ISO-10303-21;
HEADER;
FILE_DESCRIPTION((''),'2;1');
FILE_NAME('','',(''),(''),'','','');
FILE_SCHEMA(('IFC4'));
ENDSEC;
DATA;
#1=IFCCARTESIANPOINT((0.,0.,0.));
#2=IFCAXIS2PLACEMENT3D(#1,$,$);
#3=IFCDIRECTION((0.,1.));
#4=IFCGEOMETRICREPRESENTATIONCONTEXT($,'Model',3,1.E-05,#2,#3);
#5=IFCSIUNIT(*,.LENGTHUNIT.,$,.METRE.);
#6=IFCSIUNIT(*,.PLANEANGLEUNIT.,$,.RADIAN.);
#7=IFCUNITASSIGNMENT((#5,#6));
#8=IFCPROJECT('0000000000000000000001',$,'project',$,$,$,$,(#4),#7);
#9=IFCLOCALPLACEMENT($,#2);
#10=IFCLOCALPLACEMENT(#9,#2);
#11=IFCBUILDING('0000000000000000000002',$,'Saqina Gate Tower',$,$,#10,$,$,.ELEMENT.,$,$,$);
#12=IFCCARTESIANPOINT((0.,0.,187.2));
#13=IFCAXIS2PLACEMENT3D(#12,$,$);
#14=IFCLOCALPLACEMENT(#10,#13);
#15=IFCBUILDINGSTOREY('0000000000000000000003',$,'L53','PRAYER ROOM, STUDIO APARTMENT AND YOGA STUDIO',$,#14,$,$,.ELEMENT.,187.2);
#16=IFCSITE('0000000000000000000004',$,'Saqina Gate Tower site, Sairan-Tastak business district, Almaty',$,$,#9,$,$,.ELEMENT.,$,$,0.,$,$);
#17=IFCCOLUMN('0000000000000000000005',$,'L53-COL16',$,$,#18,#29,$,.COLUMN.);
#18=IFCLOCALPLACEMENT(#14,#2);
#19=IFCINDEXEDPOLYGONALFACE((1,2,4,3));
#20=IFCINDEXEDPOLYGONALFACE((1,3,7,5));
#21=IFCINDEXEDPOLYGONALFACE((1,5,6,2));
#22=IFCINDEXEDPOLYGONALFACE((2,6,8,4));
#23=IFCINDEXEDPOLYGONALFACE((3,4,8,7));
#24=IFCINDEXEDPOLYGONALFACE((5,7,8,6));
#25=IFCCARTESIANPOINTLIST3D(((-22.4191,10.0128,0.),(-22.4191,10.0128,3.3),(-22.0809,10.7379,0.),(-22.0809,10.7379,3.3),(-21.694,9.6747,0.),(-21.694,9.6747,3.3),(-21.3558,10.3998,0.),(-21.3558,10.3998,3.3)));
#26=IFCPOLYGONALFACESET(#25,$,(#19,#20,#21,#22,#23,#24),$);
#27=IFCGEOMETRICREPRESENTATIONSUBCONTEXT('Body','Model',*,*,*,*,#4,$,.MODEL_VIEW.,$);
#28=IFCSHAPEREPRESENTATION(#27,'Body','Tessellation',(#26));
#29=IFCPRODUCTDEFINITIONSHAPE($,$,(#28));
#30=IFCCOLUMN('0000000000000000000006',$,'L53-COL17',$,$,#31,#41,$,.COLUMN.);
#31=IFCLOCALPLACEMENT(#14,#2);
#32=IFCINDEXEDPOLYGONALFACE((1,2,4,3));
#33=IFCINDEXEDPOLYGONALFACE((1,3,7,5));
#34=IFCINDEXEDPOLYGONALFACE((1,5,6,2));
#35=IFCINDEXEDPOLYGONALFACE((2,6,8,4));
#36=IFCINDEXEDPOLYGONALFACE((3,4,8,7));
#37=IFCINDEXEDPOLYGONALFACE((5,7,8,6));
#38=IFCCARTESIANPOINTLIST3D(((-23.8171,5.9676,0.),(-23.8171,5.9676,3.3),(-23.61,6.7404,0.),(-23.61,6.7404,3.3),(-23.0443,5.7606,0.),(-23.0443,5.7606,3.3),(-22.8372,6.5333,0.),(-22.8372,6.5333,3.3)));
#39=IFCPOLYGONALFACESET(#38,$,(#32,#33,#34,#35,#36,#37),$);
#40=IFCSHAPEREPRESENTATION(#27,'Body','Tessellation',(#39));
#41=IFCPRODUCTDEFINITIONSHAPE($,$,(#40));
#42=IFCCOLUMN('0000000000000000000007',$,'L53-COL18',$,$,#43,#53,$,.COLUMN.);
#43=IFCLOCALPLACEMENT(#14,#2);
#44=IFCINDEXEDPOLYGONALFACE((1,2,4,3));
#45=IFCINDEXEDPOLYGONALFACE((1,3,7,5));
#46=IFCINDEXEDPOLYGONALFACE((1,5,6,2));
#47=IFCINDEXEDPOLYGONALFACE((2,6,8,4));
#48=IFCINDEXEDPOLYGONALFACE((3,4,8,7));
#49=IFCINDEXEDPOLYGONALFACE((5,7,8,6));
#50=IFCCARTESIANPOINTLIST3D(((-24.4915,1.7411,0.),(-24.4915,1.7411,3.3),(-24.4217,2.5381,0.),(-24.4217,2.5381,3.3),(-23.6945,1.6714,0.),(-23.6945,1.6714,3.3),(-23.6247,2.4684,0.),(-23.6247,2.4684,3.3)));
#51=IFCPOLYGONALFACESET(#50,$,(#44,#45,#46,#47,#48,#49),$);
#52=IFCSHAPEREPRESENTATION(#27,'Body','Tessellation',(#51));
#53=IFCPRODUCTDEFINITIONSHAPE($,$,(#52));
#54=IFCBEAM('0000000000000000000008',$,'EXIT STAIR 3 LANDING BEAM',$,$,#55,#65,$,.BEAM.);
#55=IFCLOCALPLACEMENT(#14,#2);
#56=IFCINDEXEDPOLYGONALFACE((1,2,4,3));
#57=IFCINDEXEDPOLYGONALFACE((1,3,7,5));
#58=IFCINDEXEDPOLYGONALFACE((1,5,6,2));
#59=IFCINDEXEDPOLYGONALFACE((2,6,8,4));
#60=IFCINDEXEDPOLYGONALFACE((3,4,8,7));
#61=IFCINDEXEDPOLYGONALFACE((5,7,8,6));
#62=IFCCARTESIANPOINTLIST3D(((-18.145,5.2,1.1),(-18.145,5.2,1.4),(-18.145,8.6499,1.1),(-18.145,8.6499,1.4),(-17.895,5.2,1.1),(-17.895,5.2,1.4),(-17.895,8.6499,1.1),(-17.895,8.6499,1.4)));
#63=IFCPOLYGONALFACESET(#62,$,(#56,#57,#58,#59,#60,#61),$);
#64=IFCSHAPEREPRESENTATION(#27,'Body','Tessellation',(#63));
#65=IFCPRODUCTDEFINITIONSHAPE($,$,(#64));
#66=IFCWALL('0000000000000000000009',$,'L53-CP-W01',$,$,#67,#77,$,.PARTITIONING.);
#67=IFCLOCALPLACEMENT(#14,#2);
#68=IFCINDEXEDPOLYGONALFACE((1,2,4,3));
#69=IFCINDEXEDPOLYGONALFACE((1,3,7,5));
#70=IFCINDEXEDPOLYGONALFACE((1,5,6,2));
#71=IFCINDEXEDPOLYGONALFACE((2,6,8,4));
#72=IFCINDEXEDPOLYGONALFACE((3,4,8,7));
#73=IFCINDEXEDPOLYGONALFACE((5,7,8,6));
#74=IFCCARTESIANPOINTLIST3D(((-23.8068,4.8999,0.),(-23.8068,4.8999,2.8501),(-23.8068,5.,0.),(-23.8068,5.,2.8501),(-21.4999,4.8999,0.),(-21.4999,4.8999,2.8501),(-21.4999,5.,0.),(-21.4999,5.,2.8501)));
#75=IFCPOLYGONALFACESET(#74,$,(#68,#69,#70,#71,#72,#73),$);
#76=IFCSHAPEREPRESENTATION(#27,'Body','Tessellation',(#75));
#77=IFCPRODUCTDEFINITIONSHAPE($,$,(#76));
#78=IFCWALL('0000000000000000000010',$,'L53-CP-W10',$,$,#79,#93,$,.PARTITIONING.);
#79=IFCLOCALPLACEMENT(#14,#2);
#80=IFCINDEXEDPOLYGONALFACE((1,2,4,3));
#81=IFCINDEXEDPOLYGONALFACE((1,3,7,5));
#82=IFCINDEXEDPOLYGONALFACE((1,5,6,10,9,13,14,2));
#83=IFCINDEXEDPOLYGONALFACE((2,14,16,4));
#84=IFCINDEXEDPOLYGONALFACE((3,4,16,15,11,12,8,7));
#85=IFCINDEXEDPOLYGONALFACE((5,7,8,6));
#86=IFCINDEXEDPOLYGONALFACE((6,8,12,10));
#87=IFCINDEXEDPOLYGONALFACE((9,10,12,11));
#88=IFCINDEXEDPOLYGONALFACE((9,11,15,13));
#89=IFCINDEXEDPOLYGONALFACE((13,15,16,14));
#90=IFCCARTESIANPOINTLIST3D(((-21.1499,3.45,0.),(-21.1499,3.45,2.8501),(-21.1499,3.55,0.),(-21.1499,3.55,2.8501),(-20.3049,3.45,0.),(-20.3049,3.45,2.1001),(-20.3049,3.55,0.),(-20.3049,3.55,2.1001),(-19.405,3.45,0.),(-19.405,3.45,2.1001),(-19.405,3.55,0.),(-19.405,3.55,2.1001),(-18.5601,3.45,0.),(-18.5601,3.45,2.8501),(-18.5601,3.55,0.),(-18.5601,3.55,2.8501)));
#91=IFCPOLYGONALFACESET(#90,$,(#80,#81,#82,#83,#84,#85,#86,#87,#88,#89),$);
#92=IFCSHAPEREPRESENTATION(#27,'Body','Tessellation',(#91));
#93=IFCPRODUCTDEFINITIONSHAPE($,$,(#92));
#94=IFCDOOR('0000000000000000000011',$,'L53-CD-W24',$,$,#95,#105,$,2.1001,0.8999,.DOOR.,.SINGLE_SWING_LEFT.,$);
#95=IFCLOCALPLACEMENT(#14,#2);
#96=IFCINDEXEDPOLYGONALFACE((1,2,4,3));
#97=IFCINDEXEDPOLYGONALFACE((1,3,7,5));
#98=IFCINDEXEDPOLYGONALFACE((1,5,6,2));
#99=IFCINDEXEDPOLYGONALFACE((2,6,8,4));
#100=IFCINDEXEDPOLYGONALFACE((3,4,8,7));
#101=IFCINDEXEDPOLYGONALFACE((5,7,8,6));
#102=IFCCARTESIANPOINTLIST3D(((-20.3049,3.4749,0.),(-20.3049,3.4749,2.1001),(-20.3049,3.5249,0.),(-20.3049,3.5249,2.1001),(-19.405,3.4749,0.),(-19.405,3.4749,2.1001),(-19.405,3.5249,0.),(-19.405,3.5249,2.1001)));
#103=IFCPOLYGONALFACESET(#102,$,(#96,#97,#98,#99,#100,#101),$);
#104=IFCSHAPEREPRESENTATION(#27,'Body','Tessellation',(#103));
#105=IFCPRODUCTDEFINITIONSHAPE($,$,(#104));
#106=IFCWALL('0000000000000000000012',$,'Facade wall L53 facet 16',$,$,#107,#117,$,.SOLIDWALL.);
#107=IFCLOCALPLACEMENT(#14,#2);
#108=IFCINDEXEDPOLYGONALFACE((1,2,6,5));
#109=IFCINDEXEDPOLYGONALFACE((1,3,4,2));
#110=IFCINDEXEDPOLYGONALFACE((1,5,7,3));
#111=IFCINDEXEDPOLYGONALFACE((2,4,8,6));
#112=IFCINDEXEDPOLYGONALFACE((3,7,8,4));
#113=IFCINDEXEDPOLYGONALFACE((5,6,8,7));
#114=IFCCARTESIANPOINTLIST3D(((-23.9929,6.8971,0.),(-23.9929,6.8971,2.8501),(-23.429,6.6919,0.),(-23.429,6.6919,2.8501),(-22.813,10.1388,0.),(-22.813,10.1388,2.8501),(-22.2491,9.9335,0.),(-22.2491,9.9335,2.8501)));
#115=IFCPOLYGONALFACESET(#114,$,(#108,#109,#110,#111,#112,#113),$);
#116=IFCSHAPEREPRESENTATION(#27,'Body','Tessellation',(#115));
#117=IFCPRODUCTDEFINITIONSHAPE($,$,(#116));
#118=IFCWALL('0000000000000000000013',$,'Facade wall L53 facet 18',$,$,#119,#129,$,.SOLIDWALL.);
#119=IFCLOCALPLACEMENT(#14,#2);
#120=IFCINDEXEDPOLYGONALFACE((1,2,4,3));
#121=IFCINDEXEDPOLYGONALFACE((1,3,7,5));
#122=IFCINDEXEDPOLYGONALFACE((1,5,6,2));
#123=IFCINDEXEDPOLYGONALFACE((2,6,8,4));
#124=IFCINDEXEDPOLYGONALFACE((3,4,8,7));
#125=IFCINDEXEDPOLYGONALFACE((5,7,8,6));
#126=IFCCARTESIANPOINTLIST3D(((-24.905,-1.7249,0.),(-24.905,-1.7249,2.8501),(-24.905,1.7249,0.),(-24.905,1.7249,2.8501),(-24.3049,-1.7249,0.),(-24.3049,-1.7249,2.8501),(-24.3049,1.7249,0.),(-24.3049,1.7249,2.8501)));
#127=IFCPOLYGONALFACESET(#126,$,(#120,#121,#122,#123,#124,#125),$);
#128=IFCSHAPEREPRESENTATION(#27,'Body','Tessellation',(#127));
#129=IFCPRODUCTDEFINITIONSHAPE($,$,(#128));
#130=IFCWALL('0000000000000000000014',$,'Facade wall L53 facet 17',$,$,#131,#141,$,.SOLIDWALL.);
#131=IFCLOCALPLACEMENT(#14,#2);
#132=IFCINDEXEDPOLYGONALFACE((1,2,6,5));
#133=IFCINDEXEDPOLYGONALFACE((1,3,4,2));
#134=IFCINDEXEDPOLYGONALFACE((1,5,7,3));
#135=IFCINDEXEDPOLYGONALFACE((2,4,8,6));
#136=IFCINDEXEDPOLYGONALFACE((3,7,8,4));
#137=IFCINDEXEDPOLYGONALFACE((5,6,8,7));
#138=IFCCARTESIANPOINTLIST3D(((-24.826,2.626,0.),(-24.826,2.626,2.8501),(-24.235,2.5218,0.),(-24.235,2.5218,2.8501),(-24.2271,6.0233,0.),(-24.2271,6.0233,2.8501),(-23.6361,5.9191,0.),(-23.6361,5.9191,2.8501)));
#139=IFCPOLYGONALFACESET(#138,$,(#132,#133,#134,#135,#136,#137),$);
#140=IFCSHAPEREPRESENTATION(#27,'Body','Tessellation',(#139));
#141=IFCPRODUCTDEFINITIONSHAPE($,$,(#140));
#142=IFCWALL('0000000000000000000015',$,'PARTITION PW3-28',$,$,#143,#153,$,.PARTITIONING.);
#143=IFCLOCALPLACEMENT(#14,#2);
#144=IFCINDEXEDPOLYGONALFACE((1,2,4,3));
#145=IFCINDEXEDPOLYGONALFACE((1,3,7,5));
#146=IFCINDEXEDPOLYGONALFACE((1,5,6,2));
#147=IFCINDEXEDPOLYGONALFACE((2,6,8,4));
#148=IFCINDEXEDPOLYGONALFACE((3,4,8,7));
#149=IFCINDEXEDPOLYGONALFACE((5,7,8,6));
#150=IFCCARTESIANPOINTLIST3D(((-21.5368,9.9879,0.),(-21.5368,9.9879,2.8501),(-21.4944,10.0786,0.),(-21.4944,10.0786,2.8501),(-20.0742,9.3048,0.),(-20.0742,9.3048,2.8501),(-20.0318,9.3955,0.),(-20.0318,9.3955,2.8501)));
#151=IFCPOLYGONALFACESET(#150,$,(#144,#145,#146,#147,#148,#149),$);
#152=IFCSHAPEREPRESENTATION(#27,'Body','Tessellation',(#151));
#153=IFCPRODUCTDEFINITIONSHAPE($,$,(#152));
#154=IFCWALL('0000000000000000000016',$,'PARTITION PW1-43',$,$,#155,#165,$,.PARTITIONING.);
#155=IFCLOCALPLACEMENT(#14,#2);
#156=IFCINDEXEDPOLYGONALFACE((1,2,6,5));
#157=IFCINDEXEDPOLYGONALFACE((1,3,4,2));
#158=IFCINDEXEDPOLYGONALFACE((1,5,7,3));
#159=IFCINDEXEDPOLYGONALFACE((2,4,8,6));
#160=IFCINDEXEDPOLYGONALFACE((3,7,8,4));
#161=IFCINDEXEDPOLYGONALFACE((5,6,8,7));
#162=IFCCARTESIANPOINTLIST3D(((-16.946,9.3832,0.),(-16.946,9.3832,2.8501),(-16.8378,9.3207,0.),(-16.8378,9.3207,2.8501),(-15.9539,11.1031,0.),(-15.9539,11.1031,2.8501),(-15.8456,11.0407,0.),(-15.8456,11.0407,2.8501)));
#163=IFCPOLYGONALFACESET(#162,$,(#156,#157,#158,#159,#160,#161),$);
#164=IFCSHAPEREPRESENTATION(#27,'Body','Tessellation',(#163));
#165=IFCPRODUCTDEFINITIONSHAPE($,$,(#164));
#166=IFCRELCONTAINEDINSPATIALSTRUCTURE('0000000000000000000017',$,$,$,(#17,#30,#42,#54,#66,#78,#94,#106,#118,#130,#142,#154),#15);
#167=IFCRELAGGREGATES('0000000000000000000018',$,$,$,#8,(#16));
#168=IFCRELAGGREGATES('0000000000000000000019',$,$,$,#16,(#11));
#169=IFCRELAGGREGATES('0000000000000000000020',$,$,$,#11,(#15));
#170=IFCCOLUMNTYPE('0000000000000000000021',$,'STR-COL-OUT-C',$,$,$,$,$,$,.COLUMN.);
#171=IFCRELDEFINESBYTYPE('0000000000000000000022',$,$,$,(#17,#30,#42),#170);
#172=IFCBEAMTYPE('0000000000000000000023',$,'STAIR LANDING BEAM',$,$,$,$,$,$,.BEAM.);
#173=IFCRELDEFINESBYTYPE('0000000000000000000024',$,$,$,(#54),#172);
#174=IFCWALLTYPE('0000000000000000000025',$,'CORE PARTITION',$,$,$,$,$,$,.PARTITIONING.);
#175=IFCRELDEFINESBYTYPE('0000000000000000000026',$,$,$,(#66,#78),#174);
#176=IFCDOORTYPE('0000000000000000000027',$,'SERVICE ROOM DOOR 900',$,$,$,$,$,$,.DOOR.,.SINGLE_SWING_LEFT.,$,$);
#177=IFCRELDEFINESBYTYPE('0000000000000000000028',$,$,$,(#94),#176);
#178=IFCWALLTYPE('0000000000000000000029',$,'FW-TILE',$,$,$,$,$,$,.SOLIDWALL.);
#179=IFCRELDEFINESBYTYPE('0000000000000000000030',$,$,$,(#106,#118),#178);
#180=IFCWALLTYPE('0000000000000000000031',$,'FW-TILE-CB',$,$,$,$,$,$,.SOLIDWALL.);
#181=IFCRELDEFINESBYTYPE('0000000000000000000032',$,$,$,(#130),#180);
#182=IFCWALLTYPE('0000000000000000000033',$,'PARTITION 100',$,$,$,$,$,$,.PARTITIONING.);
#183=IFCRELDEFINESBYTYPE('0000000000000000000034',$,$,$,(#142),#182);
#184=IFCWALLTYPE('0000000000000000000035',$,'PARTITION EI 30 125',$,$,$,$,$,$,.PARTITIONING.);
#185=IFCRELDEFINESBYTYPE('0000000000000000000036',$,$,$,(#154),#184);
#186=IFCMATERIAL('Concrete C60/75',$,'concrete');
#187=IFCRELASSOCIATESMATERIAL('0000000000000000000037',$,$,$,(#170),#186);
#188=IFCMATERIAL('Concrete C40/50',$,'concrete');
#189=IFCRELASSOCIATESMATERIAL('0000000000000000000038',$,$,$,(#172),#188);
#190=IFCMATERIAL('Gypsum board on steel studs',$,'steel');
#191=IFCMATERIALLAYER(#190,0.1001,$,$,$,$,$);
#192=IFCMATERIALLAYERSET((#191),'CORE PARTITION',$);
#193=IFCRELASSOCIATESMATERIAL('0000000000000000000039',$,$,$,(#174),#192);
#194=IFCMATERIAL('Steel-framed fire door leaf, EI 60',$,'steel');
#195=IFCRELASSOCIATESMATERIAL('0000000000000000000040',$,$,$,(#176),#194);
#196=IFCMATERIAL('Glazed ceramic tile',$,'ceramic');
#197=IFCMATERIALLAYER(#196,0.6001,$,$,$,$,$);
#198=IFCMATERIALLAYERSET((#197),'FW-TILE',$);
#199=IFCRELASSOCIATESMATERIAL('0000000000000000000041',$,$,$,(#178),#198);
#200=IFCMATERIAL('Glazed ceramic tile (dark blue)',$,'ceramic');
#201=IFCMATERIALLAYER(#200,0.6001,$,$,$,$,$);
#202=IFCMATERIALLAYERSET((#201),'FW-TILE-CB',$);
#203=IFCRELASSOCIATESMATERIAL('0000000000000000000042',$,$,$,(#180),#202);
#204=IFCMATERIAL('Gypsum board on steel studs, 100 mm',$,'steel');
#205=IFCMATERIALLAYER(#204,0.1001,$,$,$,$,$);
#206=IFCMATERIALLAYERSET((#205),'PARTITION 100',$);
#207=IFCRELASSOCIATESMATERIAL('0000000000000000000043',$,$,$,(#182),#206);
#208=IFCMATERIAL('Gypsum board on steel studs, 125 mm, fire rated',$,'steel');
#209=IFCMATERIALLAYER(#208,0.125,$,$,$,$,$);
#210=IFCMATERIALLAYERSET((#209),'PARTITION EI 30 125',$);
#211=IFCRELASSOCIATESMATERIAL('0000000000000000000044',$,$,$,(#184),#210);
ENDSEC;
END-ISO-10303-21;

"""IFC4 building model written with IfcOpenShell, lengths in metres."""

from ifc_helpers import new_model, si_unit, direction, frame, frame_2d, origin, origin_2d, place, context, subcontext, project, spatial, rectangle, extrude, material, layer, layer_set, material_profile, profile_set, type_object, element, fill, save


model = new_model("IFC4")

# Units and contexts
model_context = context("Model", 3, precision=1e-05, world=origin(), true_north=direction((0.0, 1.0)))
body_context = subcontext(model_context, "Body", "Model", "MODEL_VIEW")
ifc_project = project(units=[si_unit("LENGTHUNIT", "METRE"), si_unit("PLANEANGLEUNIT", "RADIAN")], contexts=[model_context])

# Site, building, storey
site_placement = place(None, origin())
site = spatial("IfcSite", under=ifc_project, at=site_placement, Name="Saqina Gate Tower site, Sairan-Tastak business district, Almaty", CompositionType="ELEMENT", RefElevation=0.0)
building_placement = place(site_placement, origin())
building = spatial("IfcBuilding", under=site, at=building_placement, Name="Saqina Gate Tower", CompositionType="ELEMENT")
storey_placement = place(building_placement, frame((0.0, 0.0, 187.2)))
storey = spatial("IfcBuildingStorey", under=building, at=storey_placement, Name="L53", Description="PRAYER ROOM, STUDIO APARTMENT AND YOGA STUDIO", CompositionType="ELEMENT", Elevation=187.2)

# Columns
ifc_material_1 = material(Name="Concrete C60/75", Category="concrete")
ifc_material_profile_1 = material_profile(ifc_material_1, rectangle(XDim=0.8, YDim=0.8, at=origin_2d()), Name="RC 800x800")
ifc_profile_set_1 = profile_set([ifc_material_profile_1], Name="Concrete C60/75")
column_type = type_object("IfcColumnType", Name="STR-COL-OUT-C", PredefinedType="COLUMN", material=ifc_profile_set_1)
for number, where, z_axis, x_axis, name in (
    (1, (-21.8875, 10.2063, 0.0), (0.0, 0.0, 1.0), (-0.906308, 0.422618, 0.0), "L53-COL16"),
    (2, (-23.3271, 6.2505, 0.0), (0.0, 0.0, 1.0), (-0.965926, 0.258819, 0.0), "L53-COL17"),
    (3, (-24.0581, 2.1047, 0.0), (0.0, 0.0, 1.0), (-0.996195, 0.087156, 0.0), "L53-COL18"),
):
    element("IfcColumn", number, at=place(storey_placement, frame(where, z_axis=z_axis, x_axis=x_axis)), inside=storey, type_object=column_type, Name=name, PredefinedType="COLUMN", context=body_context, shape_type="SweptSolid", body=[
        extrude(rectangle(XDim=0.8, YDim=0.8, at=origin_2d()), origin(), (0.0, 0.0, 1.0), 3.3),
    ])

# Beam
ifc_material_2 = material(Name="Concrete C40/50", Category="concrete")
ifc_material_profile_2 = material_profile(ifc_material_2, rectangle(XDim=0.25, YDim=0.3, at=origin_2d()), Name="STAIR LANDING BEAM")
ifc_profile_set_2 = profile_set([ifc_material_profile_2], Name="Concrete C40/50")
beam_type = type_object("IfcBeamType", Name="STAIR LANDING BEAM", PredefinedType="BEAM", material=ifc_profile_set_2)
beam_placement = place(storey_placement, frame((-18.02, 5.2, 1.25), z_axis=(0.0, 1.0, 0.0), x_axis=(-1.0, 0.0, 0.0)))
element("IfcBeam", 4, at=beam_placement, inside=storey, type_object=beam_type, Name="EXIT STAIR 3 LANDING BEAM", PredefinedType="BEAM", context=body_context, shape_type="SweptSolid", body=[
    extrude(rectangle(XDim=0.25, YDim=0.3, at=origin_2d()), origin(), (0.0, 0.0, 1.0), 3.45),
])

# Wall
ifc_material_3 = material(Name="Gypsum board on steel studs", Category="steel")
ifc_layer_1 = layer(ifc_material_3, 0.1001)
ifc_layer_set_1 = layer_set([ifc_layer_1], Name="CORE PARTITION")
wall_type_1 = type_object("IfcWallType", Name="CORE PARTITION", PredefinedType="PARTITIONING", material=ifc_layer_set_1)
wall_1_placement = place(storey_placement, frame((-21.5, 4.95, 0.0), z_axis=(0.0, 0.0, 1.0), x_axis=(-1.0, 0.0, 0.0)))
element("IfcWall", 5, at=wall_1_placement, inside=storey, type_object=wall_type_1, Name="L53-CP-W01", PredefinedType="PARTITIONING", context=body_context, shape_type="SweptSolid", body=[
    extrude(rectangle(XDim=2.3069, YDim=0.1001, at=frame_2d((1.1533, 0.0))), origin(), (0.0, 0.0, 1.0), 2.8501),
])

# Wall, opening, door
wall_2_placement = place(storey_placement, frame((-18.5601, 3.5, 0.0), z_axis=(0.0, 0.0, 1.0), x_axis=(-1.0, 0.0, 0.0)))
wall_2 = element("IfcWall", 6, at=wall_2_placement, inside=storey, type_object=wall_type_1, Name="L53-CP-W10", PredefinedType="PARTITIONING", context=body_context, shape_type="SweptSolid", body=[
    extrude(rectangle(XDim=2.5898, YDim=0.1001, at=frame_2d((1.2949, 0.0))), origin(), (0.0, 0.0, 1.0), 2.8501),
])
opening_1_placement = place(wall_2_placement, frame((0.845, 0.0, 0.0)))
opening_1 = element("IfcOpeningElement", 7, at=opening_1_placement, cuts=wall_2, PredefinedType="OPENING", context=body_context, shape_type="SweptSolid", body=[
    extrude(rectangle(XDim=0.8999, YDim=2.1001, at=frame_2d((0.45, 1.05))), frame((0.0, 0.062, 0.0), z_axis=(0.0, -1.0, 0.0), x_axis=(1.0, 0.0, 0.0)), (0.0, 0.0, 1.0), 0.124),
])
ifc_material_4 = material(Name="Steel-framed fire door leaf, EI 60", Category="steel")
door_type_1 = type_object("IfcDoorType", Name="SERVICE ROOM DOOR 900", OperationType="SINGLE_SWING_LEFT", PredefinedType="DOOR", material=ifc_material_4)
door_1_placement = place(opening_1_placement, frame((0.8999, 0.0, 0.0), z_axis=(0.0, 0.0, 1.0), x_axis=(-1.0, 0.0, 0.0)))
door_1 = element("IfcDoor", 8, at=door_1_placement, inside=storey, type_object=door_type_1, Name="L53-CD-W24", OperationType="SINGLE_SWING_LEFT", OverallHeight=2.1001, OverallWidth=0.8999, PredefinedType="DOOR", context=body_context, shape_type="SweptSolid", body=[
    extrude(rectangle(XDim=0.8999, YDim=2.1001, at=frame_2d((0.45, 1.05))), frame((0.0, 0.0249, 0.0), z_axis=(0.0, -1.0, 0.0), x_axis=(1.0, 0.0, 0.0)), (0.0, 0.0, 1.0), 0.05),
])
fill(opening_1, door_1)

# Walls
ifc_material_5 = material(Name="Glazed ceramic tile", Category="ceramic")
ifc_layer_2 = layer(ifc_material_5, 0.6001)
ifc_layer_set_2 = layer_set([ifc_layer_2], Name="FW-TILE")
wall_type_2 = type_object("IfcWallType", Name="FW-TILE", PredefinedType="SOLIDWALL", material=ifc_layer_set_2)
for number, where, z_axis, x_axis, name in (
    (9, (-22.531, 10.0361, 0.0), (0.0, 0.0, 1.0), (-0.342033, -0.939688, 0.0), "Facade wall L53 facet 16"),
    (10, (-24.605, 1.7249, 0.0), (0.0, 0.0, 1.0), (0.0, -1.0, 0.0), "Facade wall L53 facet 18"),
):
    element("IfcWall", number, at=place(storey_placement, frame(where, z_axis=z_axis, x_axis=x_axis)), inside=storey, type_object=wall_type_2, Name=name, PredefinedType="SOLIDWALL", context=body_context, shape_type="SweptSolid", body=[
        extrude(rectangle(XDim=3.4497, YDim=0.6001, at=frame_2d((1.7249, 0.0))), origin(), (0.0, 0.0, 1.0), 2.8501),
    ])
ifc_material_6 = material(Name="Glazed ceramic tile (dark blue)", Category="ceramic")
ifc_layer_3 = layer(ifc_material_6, 0.6001)
ifc_layer_set_3 = layer_set([ifc_layer_3], Name="FW-TILE-CB")
wall_type_3 = type_object("IfcWallType", Name="FW-TILE-CB", PredefinedType="SOLIDWALL", material=ifc_layer_set_3)
wall_3_placement = place(storey_placement, frame((-23.9316, 5.9712, 0.0), z_axis=(0.0, 0.0, 1.0), x_axis=(-0.173608, -0.984815, 0.0)))
element("IfcWall", 11, at=wall_3_placement, inside=storey, type_object=wall_type_3, Name="Facade wall L53 facet 17", PredefinedType="SOLIDWALL", context=body_context, shape_type="SweptSolid", body=[
    extrude(rectangle(XDim=3.4497, YDim=0.6001, at=frame_2d((1.7249, 0.0))), origin(), (0.0, 0.0, 1.0), 2.8501),
])
ifc_material_7 = material(Name="Gypsum board on steel studs, 100 mm", Category="steel")
ifc_layer_4 = layer(ifc_material_7, 0.1001)
ifc_layer_set_4 = layer_set([ifc_layer_4], Name="PARTITION 100")
wall_type_4 = type_object("IfcWallType", Name="PARTITION 100", PredefinedType="PARTITIONING", material=ifc_layer_set_4)
wall_4_placement = place(storey_placement, frame((-21.5156, 10.0332, 0.0), z_axis=(0.0, 0.0, 1.0), x_axis=(0.906056, -0.423159, 0.0)))
element("IfcWall", 12, at=wall_4_placement, inside=storey, type_object=wall_type_4, Name="PARTITION PW3-28", PredefinedType="PARTITIONING", context=body_context, shape_type="SweptSolid", body=[
    extrude(rectangle(XDim=1.6143, YDim=0.1001, at=frame_2d((0.8071, 0.0))), origin(), (0.0, 0.0, 1.0), 2.8501),
])
ifc_material_8 = material(Name="Gypsum board on steel studs, 125 mm, fire rated", Category="steel")
ifc_layer_5 = layer(ifc_material_8, 0.125)
ifc_layer_set_5 = layer_set([ifc_layer_5], Name="PARTITION EI 30 125")
wall_type_5 = type_object("IfcWallType", Name="PARTITION EI 30 125", PredefinedType="PARTITIONING", material=ifc_layer_set_5)
wall_5_placement = place(storey_placement, frame((-16.8918, 9.3521, 0.0), z_axis=(0.0, 0.0, 1.0), x_axis=(0.499683, 0.866208, 0.0)))
element("IfcWall", 13, at=wall_5_placement, inside=storey, type_object=wall_type_5, Name="PARTITION PW1-43", PredefinedType="PARTITIONING", context=body_context, shape_type="SweptSolid", body=[
    extrude(rectangle(XDim=1.9856, YDim=0.125, at=frame_2d((0.9927, 0.0))), origin(), (0.0, 0.0, 1.0), 2.8501),
])

save(model, "model.ifc")
